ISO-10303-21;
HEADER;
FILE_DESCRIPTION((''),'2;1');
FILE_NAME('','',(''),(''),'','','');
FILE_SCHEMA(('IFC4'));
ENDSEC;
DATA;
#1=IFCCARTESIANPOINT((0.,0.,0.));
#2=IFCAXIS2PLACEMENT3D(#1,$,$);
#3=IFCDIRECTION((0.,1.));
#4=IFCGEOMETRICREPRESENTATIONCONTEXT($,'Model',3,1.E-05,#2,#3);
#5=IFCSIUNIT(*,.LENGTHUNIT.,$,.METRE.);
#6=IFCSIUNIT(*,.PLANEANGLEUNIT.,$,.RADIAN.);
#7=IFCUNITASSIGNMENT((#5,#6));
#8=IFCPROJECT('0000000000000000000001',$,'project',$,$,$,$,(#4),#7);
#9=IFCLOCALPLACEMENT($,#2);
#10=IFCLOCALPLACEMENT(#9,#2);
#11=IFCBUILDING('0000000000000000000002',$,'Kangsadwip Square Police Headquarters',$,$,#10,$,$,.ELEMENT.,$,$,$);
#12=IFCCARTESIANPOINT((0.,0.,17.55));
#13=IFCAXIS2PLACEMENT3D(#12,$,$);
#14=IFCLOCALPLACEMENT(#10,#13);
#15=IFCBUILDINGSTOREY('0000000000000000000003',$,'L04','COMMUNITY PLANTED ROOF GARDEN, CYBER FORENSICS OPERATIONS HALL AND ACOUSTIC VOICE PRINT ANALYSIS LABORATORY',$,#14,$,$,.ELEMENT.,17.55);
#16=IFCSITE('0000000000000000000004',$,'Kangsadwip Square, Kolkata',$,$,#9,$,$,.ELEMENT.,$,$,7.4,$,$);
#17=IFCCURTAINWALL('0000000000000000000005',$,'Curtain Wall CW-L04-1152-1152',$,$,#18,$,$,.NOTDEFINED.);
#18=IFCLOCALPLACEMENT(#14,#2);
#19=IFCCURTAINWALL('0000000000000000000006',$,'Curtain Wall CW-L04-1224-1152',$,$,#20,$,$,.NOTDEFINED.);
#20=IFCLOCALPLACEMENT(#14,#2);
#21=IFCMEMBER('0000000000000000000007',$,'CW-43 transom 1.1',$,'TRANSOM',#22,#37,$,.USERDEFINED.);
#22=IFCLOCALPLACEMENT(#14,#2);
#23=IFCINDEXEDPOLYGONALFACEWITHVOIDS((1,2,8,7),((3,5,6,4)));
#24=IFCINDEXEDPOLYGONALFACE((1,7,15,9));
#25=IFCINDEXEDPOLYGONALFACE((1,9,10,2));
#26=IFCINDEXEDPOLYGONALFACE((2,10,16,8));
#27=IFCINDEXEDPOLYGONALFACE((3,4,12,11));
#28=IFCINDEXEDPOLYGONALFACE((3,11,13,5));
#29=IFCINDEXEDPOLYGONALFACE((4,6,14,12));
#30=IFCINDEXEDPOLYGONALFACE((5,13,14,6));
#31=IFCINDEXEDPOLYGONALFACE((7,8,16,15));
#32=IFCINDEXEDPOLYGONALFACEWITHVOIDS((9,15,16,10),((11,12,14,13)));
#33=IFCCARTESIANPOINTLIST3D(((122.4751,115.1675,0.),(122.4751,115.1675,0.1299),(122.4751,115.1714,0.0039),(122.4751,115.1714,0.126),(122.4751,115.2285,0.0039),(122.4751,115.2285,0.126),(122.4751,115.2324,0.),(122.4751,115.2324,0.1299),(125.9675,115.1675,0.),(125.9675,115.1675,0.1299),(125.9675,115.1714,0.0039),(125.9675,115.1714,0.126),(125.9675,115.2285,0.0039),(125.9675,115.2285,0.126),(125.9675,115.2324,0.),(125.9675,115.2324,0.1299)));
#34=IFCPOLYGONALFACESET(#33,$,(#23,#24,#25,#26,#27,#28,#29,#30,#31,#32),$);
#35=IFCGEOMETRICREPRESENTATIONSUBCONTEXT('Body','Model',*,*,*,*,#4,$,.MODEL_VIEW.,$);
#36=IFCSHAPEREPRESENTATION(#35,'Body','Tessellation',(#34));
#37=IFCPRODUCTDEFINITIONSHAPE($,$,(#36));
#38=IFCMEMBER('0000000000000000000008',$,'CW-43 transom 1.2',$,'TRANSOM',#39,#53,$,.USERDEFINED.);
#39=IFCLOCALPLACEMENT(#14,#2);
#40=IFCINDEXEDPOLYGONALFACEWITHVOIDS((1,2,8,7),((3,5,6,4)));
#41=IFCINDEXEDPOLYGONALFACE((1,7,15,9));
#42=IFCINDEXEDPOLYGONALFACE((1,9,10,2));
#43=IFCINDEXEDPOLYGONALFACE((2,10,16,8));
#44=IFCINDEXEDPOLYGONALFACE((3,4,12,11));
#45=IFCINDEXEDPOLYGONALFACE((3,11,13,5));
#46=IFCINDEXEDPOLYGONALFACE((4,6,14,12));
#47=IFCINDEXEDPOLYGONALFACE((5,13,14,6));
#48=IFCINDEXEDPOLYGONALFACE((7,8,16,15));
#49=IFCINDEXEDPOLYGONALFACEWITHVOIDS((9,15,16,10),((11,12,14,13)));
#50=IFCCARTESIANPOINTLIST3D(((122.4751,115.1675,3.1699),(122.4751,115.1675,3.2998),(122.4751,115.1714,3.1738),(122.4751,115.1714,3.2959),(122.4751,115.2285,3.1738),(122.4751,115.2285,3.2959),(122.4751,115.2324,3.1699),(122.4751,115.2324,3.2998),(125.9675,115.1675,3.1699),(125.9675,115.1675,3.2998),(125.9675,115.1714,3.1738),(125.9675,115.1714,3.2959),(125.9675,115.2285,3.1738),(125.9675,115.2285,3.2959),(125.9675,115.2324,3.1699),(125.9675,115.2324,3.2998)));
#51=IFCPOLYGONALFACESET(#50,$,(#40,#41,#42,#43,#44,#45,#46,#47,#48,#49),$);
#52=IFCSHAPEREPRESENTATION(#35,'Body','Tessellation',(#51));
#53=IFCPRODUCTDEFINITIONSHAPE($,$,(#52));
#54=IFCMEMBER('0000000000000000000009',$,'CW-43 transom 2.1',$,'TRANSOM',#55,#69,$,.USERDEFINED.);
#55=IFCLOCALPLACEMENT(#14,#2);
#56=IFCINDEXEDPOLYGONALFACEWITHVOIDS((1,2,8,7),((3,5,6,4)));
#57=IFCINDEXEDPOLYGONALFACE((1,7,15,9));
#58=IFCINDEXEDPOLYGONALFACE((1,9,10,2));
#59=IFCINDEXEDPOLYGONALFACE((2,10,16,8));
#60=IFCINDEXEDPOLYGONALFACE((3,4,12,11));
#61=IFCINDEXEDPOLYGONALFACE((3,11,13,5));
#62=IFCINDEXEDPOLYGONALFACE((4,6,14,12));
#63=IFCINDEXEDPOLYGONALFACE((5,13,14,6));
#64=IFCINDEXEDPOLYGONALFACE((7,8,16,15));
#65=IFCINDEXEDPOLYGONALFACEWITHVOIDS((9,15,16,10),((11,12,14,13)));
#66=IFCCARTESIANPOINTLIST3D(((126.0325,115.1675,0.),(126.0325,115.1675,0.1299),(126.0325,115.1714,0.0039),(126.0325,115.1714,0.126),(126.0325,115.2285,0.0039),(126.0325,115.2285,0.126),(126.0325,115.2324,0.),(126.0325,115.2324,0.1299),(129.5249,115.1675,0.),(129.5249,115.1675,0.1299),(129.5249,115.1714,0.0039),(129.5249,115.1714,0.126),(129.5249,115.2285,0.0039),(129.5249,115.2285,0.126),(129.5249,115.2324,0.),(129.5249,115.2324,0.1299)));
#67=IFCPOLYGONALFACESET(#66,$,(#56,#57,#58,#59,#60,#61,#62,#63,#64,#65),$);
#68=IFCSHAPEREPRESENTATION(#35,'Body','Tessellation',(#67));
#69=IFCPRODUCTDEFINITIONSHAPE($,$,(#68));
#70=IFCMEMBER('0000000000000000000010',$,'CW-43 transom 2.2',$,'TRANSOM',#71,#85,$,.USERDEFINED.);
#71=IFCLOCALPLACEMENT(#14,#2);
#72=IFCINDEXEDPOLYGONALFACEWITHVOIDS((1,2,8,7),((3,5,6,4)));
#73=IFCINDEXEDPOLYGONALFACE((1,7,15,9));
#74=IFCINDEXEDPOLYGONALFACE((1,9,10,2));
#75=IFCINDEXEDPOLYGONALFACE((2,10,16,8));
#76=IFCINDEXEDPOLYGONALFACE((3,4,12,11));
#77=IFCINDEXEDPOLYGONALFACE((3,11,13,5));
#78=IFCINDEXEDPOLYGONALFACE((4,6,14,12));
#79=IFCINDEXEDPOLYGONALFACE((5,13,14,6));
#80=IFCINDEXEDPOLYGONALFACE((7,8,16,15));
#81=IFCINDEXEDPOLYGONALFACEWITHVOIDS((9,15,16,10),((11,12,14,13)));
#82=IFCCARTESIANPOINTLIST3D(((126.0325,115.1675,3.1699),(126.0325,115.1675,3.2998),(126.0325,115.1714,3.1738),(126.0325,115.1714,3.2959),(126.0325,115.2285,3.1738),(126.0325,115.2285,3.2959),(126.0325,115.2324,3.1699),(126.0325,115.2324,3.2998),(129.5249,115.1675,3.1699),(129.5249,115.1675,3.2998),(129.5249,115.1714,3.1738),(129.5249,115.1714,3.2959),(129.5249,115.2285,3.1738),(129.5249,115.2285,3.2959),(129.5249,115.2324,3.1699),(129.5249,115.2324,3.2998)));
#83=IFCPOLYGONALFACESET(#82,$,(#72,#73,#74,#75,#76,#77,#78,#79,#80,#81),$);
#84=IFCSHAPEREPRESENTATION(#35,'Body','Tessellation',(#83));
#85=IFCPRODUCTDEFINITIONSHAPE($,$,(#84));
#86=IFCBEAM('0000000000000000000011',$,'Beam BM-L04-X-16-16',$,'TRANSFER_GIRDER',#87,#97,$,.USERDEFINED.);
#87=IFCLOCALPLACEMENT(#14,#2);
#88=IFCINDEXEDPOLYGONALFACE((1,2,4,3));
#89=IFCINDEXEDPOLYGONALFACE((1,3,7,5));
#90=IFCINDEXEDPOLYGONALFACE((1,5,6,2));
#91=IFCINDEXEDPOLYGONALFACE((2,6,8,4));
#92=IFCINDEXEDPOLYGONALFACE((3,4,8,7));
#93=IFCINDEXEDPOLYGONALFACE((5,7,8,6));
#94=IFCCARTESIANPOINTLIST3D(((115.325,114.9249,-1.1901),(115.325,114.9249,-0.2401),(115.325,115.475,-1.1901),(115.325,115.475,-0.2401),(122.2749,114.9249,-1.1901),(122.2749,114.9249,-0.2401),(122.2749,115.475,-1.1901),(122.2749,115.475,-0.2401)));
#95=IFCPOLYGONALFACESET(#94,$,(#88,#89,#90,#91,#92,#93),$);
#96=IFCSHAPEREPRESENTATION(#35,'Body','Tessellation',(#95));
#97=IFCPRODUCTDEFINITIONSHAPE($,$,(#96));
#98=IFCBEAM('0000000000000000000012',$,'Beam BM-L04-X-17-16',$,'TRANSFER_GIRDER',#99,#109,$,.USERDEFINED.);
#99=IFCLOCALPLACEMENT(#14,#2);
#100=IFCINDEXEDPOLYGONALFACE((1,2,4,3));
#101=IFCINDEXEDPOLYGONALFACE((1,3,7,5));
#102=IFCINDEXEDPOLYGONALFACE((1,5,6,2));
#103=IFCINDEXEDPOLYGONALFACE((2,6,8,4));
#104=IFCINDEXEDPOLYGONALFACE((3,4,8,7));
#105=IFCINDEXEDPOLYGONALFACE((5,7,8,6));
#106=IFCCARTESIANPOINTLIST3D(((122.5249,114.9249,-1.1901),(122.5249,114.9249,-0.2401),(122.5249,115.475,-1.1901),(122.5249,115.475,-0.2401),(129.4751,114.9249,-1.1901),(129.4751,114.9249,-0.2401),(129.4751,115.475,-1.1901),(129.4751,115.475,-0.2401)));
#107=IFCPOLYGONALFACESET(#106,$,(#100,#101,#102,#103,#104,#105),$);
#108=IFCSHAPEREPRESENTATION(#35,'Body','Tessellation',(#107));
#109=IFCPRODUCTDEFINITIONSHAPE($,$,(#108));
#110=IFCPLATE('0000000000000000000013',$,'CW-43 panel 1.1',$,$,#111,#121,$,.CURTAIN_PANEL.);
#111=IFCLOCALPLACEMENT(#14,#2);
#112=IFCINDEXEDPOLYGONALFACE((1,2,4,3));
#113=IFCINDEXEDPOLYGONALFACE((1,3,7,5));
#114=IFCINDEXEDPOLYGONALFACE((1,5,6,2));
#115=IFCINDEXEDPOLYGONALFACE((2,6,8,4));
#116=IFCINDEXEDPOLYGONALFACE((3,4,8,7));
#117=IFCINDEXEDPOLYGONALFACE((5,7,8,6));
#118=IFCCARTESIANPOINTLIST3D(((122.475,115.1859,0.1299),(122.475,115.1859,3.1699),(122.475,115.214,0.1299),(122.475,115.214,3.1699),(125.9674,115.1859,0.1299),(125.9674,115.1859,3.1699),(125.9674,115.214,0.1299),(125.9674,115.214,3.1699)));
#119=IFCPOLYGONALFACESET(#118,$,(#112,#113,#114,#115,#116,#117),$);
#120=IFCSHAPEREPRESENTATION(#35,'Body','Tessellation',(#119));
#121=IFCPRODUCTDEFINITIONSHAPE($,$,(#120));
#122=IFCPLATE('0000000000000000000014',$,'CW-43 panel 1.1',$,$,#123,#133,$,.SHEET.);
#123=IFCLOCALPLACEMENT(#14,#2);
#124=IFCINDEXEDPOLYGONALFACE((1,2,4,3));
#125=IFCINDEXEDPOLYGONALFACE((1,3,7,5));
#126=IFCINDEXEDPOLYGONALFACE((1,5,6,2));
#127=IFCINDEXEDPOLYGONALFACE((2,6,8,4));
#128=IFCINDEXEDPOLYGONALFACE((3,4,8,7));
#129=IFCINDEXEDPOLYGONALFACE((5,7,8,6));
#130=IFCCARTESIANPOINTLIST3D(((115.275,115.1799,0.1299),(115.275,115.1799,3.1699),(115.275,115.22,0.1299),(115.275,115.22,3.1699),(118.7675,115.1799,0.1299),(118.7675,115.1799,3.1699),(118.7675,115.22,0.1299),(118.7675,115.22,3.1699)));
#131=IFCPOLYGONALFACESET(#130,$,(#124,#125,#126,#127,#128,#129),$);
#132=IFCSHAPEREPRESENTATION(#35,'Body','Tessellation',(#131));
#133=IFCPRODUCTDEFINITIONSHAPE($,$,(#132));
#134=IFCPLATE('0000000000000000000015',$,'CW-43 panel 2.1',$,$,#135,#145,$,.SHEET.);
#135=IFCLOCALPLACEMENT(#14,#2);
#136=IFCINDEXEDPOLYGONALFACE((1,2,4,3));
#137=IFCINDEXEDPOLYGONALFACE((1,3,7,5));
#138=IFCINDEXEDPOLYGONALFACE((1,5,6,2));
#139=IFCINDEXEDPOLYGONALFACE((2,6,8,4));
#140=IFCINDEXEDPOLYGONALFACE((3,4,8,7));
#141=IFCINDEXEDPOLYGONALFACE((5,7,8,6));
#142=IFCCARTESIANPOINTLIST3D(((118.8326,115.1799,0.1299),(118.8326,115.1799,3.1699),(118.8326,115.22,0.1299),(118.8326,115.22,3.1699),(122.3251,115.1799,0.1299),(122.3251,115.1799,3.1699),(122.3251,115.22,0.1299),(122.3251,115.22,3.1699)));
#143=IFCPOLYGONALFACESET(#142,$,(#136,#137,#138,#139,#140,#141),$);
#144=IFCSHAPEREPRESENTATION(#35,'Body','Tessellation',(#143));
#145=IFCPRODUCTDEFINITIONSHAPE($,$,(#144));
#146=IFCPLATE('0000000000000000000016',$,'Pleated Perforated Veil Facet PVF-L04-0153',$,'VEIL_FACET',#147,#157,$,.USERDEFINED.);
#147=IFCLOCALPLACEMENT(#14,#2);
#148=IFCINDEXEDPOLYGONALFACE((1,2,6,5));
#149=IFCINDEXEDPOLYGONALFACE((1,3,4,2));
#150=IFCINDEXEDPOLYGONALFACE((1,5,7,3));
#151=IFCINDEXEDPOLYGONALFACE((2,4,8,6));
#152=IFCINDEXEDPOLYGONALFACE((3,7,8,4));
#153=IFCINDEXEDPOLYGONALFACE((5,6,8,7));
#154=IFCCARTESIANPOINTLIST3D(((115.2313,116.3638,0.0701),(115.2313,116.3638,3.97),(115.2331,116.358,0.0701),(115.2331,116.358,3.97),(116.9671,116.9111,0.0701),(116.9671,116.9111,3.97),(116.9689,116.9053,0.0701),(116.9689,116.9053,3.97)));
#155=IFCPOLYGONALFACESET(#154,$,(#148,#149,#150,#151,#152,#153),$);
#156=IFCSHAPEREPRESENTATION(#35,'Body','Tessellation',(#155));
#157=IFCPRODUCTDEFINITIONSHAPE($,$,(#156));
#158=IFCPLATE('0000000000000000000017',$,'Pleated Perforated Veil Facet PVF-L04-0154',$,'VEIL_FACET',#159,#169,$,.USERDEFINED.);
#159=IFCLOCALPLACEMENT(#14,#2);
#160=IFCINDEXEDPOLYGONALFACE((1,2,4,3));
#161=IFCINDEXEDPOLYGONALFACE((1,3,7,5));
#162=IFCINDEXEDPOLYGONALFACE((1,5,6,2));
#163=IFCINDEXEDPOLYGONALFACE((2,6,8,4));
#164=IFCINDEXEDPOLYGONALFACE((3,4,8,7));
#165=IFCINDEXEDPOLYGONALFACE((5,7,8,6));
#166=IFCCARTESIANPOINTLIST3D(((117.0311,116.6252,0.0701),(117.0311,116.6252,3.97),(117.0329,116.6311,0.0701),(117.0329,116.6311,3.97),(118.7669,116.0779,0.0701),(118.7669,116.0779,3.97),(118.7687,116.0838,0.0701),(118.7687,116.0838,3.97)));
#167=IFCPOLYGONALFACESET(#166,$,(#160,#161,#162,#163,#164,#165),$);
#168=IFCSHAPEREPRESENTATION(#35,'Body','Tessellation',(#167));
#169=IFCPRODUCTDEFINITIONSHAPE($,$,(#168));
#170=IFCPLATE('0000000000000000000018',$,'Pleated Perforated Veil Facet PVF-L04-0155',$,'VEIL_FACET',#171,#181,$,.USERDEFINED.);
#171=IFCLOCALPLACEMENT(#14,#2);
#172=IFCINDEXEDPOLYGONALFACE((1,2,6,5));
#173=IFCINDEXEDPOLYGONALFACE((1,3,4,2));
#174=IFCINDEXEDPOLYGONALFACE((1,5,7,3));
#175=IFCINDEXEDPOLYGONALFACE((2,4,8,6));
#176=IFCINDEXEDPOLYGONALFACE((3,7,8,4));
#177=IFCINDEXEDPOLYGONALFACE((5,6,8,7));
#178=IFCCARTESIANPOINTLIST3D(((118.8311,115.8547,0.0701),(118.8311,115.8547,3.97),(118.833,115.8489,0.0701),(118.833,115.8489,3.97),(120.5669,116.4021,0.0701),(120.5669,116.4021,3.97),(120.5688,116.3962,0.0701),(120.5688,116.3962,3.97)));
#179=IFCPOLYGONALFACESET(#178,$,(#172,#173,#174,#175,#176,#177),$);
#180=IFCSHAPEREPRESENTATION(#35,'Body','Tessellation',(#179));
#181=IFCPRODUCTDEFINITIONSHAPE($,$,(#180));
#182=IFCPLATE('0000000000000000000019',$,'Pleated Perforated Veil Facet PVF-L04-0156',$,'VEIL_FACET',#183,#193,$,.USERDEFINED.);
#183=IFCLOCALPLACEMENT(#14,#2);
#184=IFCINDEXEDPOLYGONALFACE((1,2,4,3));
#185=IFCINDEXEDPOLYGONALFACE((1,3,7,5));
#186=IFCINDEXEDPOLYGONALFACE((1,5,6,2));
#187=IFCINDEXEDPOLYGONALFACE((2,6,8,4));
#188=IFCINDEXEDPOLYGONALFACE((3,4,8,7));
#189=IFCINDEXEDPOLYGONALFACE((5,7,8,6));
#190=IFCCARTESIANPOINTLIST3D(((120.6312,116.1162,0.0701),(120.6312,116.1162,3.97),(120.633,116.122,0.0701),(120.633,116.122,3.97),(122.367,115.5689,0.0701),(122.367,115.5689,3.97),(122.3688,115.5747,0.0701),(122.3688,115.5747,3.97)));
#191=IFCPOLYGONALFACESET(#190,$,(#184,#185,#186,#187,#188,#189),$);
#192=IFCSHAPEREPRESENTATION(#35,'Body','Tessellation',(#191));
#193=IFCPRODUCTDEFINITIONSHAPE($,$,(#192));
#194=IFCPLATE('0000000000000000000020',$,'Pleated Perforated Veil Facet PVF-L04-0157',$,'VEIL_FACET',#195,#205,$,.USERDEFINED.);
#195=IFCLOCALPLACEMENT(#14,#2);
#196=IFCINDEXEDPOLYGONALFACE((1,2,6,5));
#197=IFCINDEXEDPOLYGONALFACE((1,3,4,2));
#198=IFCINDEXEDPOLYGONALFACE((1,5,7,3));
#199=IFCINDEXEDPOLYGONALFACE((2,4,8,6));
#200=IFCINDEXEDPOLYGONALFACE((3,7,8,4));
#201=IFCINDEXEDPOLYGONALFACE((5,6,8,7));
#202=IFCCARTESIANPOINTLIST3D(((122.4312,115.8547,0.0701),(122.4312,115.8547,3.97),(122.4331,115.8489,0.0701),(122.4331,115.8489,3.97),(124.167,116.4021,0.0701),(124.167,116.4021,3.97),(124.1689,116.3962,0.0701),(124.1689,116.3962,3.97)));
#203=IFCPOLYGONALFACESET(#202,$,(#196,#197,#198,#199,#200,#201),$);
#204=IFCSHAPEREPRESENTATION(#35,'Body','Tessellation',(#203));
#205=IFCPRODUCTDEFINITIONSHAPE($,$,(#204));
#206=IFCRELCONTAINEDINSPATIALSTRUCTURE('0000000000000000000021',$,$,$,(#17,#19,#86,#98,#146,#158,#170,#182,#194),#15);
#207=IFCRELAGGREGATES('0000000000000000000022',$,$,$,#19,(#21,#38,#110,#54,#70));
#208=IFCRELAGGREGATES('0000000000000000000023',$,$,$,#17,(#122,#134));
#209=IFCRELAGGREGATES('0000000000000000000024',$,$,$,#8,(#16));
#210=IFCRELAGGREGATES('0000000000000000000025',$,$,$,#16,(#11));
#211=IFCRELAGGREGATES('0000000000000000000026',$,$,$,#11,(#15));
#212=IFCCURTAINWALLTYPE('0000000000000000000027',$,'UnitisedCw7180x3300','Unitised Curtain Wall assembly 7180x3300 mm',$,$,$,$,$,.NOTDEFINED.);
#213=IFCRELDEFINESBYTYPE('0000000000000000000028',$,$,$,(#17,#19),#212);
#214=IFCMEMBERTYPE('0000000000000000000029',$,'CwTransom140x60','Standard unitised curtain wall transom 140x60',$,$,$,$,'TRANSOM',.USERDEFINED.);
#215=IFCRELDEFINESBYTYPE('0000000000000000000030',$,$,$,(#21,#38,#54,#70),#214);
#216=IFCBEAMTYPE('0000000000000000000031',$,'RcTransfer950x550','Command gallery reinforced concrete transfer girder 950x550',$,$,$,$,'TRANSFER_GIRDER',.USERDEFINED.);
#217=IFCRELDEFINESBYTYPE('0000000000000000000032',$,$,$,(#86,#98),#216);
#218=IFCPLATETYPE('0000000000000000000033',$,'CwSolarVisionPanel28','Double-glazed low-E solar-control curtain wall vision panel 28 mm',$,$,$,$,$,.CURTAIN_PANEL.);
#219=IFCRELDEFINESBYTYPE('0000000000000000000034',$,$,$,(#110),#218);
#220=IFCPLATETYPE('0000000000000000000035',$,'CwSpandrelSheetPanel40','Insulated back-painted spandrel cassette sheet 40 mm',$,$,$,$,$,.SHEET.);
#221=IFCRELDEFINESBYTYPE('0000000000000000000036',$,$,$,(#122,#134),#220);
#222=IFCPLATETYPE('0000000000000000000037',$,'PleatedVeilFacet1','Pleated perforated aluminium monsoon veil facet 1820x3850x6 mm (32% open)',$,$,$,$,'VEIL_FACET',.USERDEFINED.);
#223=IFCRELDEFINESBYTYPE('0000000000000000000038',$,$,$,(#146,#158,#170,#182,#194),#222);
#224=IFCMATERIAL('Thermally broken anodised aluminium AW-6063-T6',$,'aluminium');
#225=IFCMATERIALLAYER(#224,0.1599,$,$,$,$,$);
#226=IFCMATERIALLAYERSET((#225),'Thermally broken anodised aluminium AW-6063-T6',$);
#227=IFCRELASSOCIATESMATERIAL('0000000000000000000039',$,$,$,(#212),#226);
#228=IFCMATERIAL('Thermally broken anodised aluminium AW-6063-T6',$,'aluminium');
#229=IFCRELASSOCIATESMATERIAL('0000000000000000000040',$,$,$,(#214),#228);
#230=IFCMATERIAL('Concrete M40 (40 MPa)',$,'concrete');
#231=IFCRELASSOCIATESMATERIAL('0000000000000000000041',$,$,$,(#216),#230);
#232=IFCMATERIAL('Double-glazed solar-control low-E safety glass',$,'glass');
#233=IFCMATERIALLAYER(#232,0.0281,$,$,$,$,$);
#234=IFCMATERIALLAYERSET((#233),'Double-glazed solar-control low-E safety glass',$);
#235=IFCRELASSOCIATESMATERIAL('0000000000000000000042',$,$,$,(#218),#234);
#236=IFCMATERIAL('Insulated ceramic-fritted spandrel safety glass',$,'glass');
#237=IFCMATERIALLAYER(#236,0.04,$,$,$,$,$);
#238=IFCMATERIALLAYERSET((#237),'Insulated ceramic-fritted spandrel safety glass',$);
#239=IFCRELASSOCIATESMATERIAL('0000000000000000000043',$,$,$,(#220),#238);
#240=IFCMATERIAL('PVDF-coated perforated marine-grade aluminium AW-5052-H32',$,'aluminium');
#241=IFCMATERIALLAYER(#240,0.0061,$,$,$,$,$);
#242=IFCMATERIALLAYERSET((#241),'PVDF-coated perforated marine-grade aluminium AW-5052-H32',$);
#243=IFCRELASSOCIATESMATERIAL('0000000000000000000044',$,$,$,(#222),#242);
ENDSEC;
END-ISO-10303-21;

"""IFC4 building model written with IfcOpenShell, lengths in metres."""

from ifc_helpers import new_model, si_unit, direction, frame, origin, origin_2d, place, context, subcontext, project, spatial, rectangle, hollow_rectangle, extrude, material, layer, layer_set, material_profile, profile_set, type_object, element, aggregate, save


model = new_model("IFC4")

# Units and contexts
model_context = context("Model", 3, precision=1e-05, world=origin(), true_north=direction((0.0, 1.0)))
body_context = subcontext(model_context, "Body", "Model", "MODEL_VIEW")
ifc_project = project(units=[si_unit("LENGTHUNIT", "METRE"), si_unit("PLANEANGLEUNIT", "RADIAN")], contexts=[model_context])

# Site, building, storey
site_placement = place(None, origin())
site = spatial("IfcSite", under=ifc_project, at=site_placement, Name="Kangsadwip Square, Kolkata", CompositionType="ELEMENT", RefElevation=7.4)
building_placement = place(site_placement, origin())
building = spatial("IfcBuilding", under=site, at=building_placement, Name="Kangsadwip Square Police Headquarters", CompositionType="ELEMENT")
storey_placement = place(building_placement, frame((0.0, 0.0, 17.55)))
storey = spatial("IfcBuildingStorey", under=building, at=storey_placement, Name="L04", Description="COMMUNITY PLANTED ROOF GARDEN, CYBER FORENSICS OPERATIONS HALL AND ACOUSTIC VOICE PRINT ANALYSIS LABORATORY", CompositionType="ELEMENT", Elevation=17.55)

# Curtain walls
ifc_material_1 = material(Name="Thermally broken anodised aluminium AW-6063-T6", Category="aluminium")
ifc_layer_1 = layer(ifc_material_1, 0.1599)
ifc_layer_set_1 = layer_set([ifc_layer_1], Name="Thermally broken anodised aluminium AW-6063-T6")
curtain_wall_type = type_object("IfcCurtainWallType", Name="UnitisedCw7180x3300", Description="Unitised Curtain Wall assembly 7180x3300 mm", PredefinedType="NOTDEFINED", material=ifc_layer_set_1)
curtain_wall_1_placement = place(storey_placement, origin())
curtain_wall_1 = element("IfcCurtainWall", 1, at=curtain_wall_1_placement, inside=storey, type_object=curtain_wall_type, Name="Curtain Wall CW-L04-1152-1152", PredefinedType="NOTDEFINED")
curtain_wall_2_placement = place(storey_placement, origin())
curtain_wall_2 = element("IfcCurtainWall", 2, at=curtain_wall_2_placement, inside=storey, type_object=curtain_wall_type, Name="Curtain Wall CW-L04-1224-1152", PredefinedType="NOTDEFINED")

# Members
ifc_material_2 = material(Name="Thermally broken anodised aluminium AW-6063-T6", Category="aluminium")
ifc_material_profile_1 = material_profile(ifc_material_2, hollow_rectangle(XDim=0.0649, YDim=0.1299, WallThickness=0.0039, at=origin_2d()), Name="CWT 130X65X4")
ifc_profile_set_1 = profile_set([ifc_material_profile_1], Name="Thermally broken anodised aluminium AW-6063-T6")
member_type_1 = type_object("IfcMemberType", Name="CwTransom140x60", Description="Standard unitised curtain wall transom 140x60", ElementType="TRANSOM", PredefinedType="USERDEFINED", material=ifc_profile_set_1)
member_1_placement = place(storey_placement, frame((122.4751, 115.2, 0.0649), z_axis=(1.0, 0.0, 0.0), x_axis=(0.0, 1.0, 0.0)))
member_1 = element("IfcMember", 3, at=member_1_placement, type_object=member_type_1, Name="CW-43 transom 1.1", ObjectType="TRANSOM", PredefinedType="USERDEFINED", context=body_context, shape_type="SweptSolid", body=[
    extrude(hollow_rectangle(XDim=0.0649, YDim=0.1299, WallThickness=0.0039, at=origin_2d()), origin(), (0.0, 0.0, 1.0), 3.4924),
])
member_2_placement = place(storey_placement, frame((122.4751, 115.2, 3.2349), z_axis=(1.0, 0.0, 0.0), x_axis=(0.0, 1.0, 0.0)))
member_2 = element("IfcMember", 4, at=member_2_placement, type_object=member_type_1, Name="CW-43 transom 1.2", ObjectType="TRANSOM", PredefinedType="USERDEFINED", context=body_context, shape_type="SweptSolid", body=[
    extrude(hollow_rectangle(XDim=0.0649, YDim=0.1299, WallThickness=0.0039, at=origin_2d()), origin(), (0.0, 0.0, 1.0), 3.4924),
])
member_3_placement = place(storey_placement, frame((126.0325, 115.2, 0.0649), z_axis=(1.0, 0.0, 0.0), x_axis=(0.0, 1.0, 0.0)))
member_3 = element("IfcMember", 5, at=member_3_placement, type_object=member_type_1, Name="CW-43 transom 2.1", ObjectType="TRANSOM", PredefinedType="USERDEFINED", context=body_context, shape_type="SweptSolid", body=[
    extrude(hollow_rectangle(XDim=0.0649, YDim=0.1299, WallThickness=0.0039, at=origin_2d()), origin(), (0.0, 0.0, 1.0), 3.4924),
])
member_4_placement = place(storey_placement, frame((126.0325, 115.2, 3.2349), z_axis=(1.0, 0.0, 0.0), x_axis=(0.0, 1.0, 0.0)))
member_4 = element("IfcMember", 6, at=member_4_placement, type_object=member_type_1, Name="CW-43 transom 2.2", ObjectType="TRANSOM", PredefinedType="USERDEFINED", context=body_context, shape_type="SweptSolid", body=[
    extrude(hollow_rectangle(XDim=0.0649, YDim=0.1299, WallThickness=0.0039, at=origin_2d()), origin(), (0.0, 0.0, 1.0), 3.4924),
])

# Beams
ifc_material_3 = material(Name="Concrete M40 (40 MPa)", Category="concrete")
ifc_material_profile_2 = material_profile(ifc_material_3, rectangle(XDim=0.55, YDim=0.95, at=origin_2d()), Name="RC TG 950X550")
ifc_profile_set_2 = profile_set([ifc_material_profile_2], Name="Concrete M40 (40 MPa)")
beam_type = type_object("IfcBeamType", Name="RcTransfer950x550", Description="Command gallery reinforced concrete transfer girder 950x550", ElementType="TRANSFER_GIRDER", PredefinedType="USERDEFINED", material=ifc_profile_set_2)
beam_1_placement = place(storey_placement, frame((115.325, 115.2, -0.7151), z_axis=(1.0, 0.0, 0.0), x_axis=(0.0, 1.0, 0.0)))
element("IfcBeam", 7, at=beam_1_placement, inside=storey, type_object=beam_type, Name="Beam BM-L04-X-16-16", ObjectType="TRANSFER_GIRDER", PredefinedType="USERDEFINED", context=body_context, shape_type="SweptSolid", body=[
    extrude(rectangle(XDim=0.55, YDim=0.95, at=origin_2d()), origin(), (0.0, 0.0, 1.0), 6.95),
])
beam_2_placement = place(storey_placement, frame((122.5249, 115.2, -0.7151), z_axis=(1.0, 0.0, 0.0), x_axis=(0.0, 1.0, 0.0)))
element("IfcBeam", 8, at=beam_2_placement, inside=storey, type_object=beam_type, Name="Beam BM-L04-X-17-16", ObjectType="TRANSFER_GIRDER", PredefinedType="USERDEFINED", context=body_context, shape_type="SweptSolid", body=[
    extrude(rectangle(XDim=0.55, YDim=0.95, at=origin_2d()), origin(), (0.0, 0.0, 1.0), 6.9502),
])

# Plates
ifc_material_4 = material(Name="Double-glazed solar-control low-E safety glass", Category="glass")
ifc_layer_2 = layer(ifc_material_4, 0.0281)
ifc_layer_set_2 = layer_set([ifc_layer_2], Name="Double-glazed solar-control low-E safety glass")
plate_type_1 = type_object("IfcPlateType", Name="CwSolarVisionPanel28", Description="Double-glazed low-E solar-control curtain wall vision panel 28 mm", PredefinedType="CURTAIN_PANEL", material=ifc_layer_set_2)
plate_1_placement = place(storey_placement, frame((124.2212, 115.2, 0.1299), z_axis=(0.0, 0.0, 1.0), x_axis=(1.0, 0.0, 0.0)))
plate_1 = element("IfcPlate", 9, at=plate_1_placement, type_object=plate_type_1, Name="CW-43 panel 1.1", PredefinedType="CURTAIN_PANEL", context=body_context, shape_type="SweptSolid", body=[
    extrude(rectangle(XDim=3.4924, YDim=0.0281, at=origin_2d()), origin(), (0.0, 0.0, 1.0), 3.04),
])
aggregate(curtain_wall_2, [member_1, member_2, plate_1, member_3, member_4])
ifc_material_5 = material(Name="Insulated ceramic-fritted spandrel safety glass", Category="glass")
ifc_layer_3 = layer(ifc_material_5, 0.04)
ifc_layer_set_3 = layer_set([ifc_layer_3], Name="Insulated ceramic-fritted spandrel safety glass")
plate_type_2 = type_object("IfcPlateType", Name="CwSpandrelSheetPanel40", Description="Insulated back-painted spandrel cassette sheet 40 mm", PredefinedType="SHEET", material=ifc_layer_set_3)
plate_2_placement = place(storey_placement, frame((117.0212, 115.2, 0.1299), z_axis=(0.0, 0.0, 1.0), x_axis=(1.0, 0.0, 0.0)))
plate_2 = element("IfcPlate", 10, at=plate_2_placement, type_object=plate_type_2, Name="CW-43 panel 1.1", PredefinedType="SHEET", context=body_context, shape_type="SweptSolid", body=[
    extrude(rectangle(XDim=3.4924, YDim=0.04, at=origin_2d()), origin(), (0.0, 0.0, 1.0), 3.04),
])
plate_3_placement = place(storey_placement, frame((120.5789, 115.2, 0.1299), z_axis=(0.0, 0.0, 1.0), x_axis=(1.0, 0.0, 0.0)))
plate_3 = element("IfcPlate", 11, at=plate_3_placement, type_object=plate_type_2, Name="CW-43 panel 2.1", PredefinedType="SHEET", context=body_context, shape_type="SweptSolid", body=[
    extrude(rectangle(XDim=3.4924, YDim=0.04, at=origin_2d()), origin(), (0.0, 0.0, 1.0), 3.04),
])
aggregate(curtain_wall_1, [plate_2, plate_3])

# Plates
ifc_material_6 = material(Name="PVDF-coated perforated marine-grade aluminium AW-5052-H32", Category="aluminium")
ifc_layer_4 = layer(ifc_material_6, 0.0061)
ifc_layer_set_4 = layer_set([ifc_layer_4], Name="PVDF-coated perforated marine-grade aluminium AW-5052-H32")
plate_type_3 = type_object("IfcPlateType", Name="PleatedVeilFacet1", Description="Pleated perforated aluminium monsoon veil facet 1820x3850x6 mm (32% open)", ElementType="VEIL_FACET", PredefinedType="USERDEFINED", material=ifc_layer_set_4)
for number, where, z_axis, x_axis, name in (
    (12, (116.1001, 116.6345, 0.0701), (0.0, 0.0, 1.0), (0.953717, 0.300706, 0.0), "Pleated Perforated Veil Facet PVF-L04-0153"),
    (13, (117.8999, 116.3545, 0.0701), (0.0, 0.0, 1.0), (0.953717, -0.300706, 0.0), "Pleated Perforated Veil Facet PVF-L04-0154"),
    (14, (119.7, 116.1255, 0.0701), (0.0, 0.0, 1.0), (0.953717, 0.300706, 0.0), "Pleated Perforated Veil Facet PVF-L04-0155"),
    (15, (121.5, 115.8455, 0.0701), (0.0, 0.0, 1.0), (0.953717, -0.300706, 0.0), "Pleated Perforated Veil Facet PVF-L04-0156"),
    (16, (123.3, 116.1255, 0.0701), (0.0, 0.0, 1.0), (0.953717, 0.300706, 0.0), "Pleated Perforated Veil Facet PVF-L04-0157"),
):
    element("IfcPlate", number, at=place(storey_placement, frame(where, z_axis=z_axis, x_axis=x_axis)), inside=storey, type_object=plate_type_3, Name=name, ObjectType="VEIL_FACET", PredefinedType="USERDEFINED", context=body_context, shape_type="SweptSolid", body=[
        extrude(rectangle(XDim=1.8201, YDim=0.0061, at=origin_2d()), origin(), (0.0, 0.0, 1.0), 3.8999),
    ])

save(model, "model.ifc")
